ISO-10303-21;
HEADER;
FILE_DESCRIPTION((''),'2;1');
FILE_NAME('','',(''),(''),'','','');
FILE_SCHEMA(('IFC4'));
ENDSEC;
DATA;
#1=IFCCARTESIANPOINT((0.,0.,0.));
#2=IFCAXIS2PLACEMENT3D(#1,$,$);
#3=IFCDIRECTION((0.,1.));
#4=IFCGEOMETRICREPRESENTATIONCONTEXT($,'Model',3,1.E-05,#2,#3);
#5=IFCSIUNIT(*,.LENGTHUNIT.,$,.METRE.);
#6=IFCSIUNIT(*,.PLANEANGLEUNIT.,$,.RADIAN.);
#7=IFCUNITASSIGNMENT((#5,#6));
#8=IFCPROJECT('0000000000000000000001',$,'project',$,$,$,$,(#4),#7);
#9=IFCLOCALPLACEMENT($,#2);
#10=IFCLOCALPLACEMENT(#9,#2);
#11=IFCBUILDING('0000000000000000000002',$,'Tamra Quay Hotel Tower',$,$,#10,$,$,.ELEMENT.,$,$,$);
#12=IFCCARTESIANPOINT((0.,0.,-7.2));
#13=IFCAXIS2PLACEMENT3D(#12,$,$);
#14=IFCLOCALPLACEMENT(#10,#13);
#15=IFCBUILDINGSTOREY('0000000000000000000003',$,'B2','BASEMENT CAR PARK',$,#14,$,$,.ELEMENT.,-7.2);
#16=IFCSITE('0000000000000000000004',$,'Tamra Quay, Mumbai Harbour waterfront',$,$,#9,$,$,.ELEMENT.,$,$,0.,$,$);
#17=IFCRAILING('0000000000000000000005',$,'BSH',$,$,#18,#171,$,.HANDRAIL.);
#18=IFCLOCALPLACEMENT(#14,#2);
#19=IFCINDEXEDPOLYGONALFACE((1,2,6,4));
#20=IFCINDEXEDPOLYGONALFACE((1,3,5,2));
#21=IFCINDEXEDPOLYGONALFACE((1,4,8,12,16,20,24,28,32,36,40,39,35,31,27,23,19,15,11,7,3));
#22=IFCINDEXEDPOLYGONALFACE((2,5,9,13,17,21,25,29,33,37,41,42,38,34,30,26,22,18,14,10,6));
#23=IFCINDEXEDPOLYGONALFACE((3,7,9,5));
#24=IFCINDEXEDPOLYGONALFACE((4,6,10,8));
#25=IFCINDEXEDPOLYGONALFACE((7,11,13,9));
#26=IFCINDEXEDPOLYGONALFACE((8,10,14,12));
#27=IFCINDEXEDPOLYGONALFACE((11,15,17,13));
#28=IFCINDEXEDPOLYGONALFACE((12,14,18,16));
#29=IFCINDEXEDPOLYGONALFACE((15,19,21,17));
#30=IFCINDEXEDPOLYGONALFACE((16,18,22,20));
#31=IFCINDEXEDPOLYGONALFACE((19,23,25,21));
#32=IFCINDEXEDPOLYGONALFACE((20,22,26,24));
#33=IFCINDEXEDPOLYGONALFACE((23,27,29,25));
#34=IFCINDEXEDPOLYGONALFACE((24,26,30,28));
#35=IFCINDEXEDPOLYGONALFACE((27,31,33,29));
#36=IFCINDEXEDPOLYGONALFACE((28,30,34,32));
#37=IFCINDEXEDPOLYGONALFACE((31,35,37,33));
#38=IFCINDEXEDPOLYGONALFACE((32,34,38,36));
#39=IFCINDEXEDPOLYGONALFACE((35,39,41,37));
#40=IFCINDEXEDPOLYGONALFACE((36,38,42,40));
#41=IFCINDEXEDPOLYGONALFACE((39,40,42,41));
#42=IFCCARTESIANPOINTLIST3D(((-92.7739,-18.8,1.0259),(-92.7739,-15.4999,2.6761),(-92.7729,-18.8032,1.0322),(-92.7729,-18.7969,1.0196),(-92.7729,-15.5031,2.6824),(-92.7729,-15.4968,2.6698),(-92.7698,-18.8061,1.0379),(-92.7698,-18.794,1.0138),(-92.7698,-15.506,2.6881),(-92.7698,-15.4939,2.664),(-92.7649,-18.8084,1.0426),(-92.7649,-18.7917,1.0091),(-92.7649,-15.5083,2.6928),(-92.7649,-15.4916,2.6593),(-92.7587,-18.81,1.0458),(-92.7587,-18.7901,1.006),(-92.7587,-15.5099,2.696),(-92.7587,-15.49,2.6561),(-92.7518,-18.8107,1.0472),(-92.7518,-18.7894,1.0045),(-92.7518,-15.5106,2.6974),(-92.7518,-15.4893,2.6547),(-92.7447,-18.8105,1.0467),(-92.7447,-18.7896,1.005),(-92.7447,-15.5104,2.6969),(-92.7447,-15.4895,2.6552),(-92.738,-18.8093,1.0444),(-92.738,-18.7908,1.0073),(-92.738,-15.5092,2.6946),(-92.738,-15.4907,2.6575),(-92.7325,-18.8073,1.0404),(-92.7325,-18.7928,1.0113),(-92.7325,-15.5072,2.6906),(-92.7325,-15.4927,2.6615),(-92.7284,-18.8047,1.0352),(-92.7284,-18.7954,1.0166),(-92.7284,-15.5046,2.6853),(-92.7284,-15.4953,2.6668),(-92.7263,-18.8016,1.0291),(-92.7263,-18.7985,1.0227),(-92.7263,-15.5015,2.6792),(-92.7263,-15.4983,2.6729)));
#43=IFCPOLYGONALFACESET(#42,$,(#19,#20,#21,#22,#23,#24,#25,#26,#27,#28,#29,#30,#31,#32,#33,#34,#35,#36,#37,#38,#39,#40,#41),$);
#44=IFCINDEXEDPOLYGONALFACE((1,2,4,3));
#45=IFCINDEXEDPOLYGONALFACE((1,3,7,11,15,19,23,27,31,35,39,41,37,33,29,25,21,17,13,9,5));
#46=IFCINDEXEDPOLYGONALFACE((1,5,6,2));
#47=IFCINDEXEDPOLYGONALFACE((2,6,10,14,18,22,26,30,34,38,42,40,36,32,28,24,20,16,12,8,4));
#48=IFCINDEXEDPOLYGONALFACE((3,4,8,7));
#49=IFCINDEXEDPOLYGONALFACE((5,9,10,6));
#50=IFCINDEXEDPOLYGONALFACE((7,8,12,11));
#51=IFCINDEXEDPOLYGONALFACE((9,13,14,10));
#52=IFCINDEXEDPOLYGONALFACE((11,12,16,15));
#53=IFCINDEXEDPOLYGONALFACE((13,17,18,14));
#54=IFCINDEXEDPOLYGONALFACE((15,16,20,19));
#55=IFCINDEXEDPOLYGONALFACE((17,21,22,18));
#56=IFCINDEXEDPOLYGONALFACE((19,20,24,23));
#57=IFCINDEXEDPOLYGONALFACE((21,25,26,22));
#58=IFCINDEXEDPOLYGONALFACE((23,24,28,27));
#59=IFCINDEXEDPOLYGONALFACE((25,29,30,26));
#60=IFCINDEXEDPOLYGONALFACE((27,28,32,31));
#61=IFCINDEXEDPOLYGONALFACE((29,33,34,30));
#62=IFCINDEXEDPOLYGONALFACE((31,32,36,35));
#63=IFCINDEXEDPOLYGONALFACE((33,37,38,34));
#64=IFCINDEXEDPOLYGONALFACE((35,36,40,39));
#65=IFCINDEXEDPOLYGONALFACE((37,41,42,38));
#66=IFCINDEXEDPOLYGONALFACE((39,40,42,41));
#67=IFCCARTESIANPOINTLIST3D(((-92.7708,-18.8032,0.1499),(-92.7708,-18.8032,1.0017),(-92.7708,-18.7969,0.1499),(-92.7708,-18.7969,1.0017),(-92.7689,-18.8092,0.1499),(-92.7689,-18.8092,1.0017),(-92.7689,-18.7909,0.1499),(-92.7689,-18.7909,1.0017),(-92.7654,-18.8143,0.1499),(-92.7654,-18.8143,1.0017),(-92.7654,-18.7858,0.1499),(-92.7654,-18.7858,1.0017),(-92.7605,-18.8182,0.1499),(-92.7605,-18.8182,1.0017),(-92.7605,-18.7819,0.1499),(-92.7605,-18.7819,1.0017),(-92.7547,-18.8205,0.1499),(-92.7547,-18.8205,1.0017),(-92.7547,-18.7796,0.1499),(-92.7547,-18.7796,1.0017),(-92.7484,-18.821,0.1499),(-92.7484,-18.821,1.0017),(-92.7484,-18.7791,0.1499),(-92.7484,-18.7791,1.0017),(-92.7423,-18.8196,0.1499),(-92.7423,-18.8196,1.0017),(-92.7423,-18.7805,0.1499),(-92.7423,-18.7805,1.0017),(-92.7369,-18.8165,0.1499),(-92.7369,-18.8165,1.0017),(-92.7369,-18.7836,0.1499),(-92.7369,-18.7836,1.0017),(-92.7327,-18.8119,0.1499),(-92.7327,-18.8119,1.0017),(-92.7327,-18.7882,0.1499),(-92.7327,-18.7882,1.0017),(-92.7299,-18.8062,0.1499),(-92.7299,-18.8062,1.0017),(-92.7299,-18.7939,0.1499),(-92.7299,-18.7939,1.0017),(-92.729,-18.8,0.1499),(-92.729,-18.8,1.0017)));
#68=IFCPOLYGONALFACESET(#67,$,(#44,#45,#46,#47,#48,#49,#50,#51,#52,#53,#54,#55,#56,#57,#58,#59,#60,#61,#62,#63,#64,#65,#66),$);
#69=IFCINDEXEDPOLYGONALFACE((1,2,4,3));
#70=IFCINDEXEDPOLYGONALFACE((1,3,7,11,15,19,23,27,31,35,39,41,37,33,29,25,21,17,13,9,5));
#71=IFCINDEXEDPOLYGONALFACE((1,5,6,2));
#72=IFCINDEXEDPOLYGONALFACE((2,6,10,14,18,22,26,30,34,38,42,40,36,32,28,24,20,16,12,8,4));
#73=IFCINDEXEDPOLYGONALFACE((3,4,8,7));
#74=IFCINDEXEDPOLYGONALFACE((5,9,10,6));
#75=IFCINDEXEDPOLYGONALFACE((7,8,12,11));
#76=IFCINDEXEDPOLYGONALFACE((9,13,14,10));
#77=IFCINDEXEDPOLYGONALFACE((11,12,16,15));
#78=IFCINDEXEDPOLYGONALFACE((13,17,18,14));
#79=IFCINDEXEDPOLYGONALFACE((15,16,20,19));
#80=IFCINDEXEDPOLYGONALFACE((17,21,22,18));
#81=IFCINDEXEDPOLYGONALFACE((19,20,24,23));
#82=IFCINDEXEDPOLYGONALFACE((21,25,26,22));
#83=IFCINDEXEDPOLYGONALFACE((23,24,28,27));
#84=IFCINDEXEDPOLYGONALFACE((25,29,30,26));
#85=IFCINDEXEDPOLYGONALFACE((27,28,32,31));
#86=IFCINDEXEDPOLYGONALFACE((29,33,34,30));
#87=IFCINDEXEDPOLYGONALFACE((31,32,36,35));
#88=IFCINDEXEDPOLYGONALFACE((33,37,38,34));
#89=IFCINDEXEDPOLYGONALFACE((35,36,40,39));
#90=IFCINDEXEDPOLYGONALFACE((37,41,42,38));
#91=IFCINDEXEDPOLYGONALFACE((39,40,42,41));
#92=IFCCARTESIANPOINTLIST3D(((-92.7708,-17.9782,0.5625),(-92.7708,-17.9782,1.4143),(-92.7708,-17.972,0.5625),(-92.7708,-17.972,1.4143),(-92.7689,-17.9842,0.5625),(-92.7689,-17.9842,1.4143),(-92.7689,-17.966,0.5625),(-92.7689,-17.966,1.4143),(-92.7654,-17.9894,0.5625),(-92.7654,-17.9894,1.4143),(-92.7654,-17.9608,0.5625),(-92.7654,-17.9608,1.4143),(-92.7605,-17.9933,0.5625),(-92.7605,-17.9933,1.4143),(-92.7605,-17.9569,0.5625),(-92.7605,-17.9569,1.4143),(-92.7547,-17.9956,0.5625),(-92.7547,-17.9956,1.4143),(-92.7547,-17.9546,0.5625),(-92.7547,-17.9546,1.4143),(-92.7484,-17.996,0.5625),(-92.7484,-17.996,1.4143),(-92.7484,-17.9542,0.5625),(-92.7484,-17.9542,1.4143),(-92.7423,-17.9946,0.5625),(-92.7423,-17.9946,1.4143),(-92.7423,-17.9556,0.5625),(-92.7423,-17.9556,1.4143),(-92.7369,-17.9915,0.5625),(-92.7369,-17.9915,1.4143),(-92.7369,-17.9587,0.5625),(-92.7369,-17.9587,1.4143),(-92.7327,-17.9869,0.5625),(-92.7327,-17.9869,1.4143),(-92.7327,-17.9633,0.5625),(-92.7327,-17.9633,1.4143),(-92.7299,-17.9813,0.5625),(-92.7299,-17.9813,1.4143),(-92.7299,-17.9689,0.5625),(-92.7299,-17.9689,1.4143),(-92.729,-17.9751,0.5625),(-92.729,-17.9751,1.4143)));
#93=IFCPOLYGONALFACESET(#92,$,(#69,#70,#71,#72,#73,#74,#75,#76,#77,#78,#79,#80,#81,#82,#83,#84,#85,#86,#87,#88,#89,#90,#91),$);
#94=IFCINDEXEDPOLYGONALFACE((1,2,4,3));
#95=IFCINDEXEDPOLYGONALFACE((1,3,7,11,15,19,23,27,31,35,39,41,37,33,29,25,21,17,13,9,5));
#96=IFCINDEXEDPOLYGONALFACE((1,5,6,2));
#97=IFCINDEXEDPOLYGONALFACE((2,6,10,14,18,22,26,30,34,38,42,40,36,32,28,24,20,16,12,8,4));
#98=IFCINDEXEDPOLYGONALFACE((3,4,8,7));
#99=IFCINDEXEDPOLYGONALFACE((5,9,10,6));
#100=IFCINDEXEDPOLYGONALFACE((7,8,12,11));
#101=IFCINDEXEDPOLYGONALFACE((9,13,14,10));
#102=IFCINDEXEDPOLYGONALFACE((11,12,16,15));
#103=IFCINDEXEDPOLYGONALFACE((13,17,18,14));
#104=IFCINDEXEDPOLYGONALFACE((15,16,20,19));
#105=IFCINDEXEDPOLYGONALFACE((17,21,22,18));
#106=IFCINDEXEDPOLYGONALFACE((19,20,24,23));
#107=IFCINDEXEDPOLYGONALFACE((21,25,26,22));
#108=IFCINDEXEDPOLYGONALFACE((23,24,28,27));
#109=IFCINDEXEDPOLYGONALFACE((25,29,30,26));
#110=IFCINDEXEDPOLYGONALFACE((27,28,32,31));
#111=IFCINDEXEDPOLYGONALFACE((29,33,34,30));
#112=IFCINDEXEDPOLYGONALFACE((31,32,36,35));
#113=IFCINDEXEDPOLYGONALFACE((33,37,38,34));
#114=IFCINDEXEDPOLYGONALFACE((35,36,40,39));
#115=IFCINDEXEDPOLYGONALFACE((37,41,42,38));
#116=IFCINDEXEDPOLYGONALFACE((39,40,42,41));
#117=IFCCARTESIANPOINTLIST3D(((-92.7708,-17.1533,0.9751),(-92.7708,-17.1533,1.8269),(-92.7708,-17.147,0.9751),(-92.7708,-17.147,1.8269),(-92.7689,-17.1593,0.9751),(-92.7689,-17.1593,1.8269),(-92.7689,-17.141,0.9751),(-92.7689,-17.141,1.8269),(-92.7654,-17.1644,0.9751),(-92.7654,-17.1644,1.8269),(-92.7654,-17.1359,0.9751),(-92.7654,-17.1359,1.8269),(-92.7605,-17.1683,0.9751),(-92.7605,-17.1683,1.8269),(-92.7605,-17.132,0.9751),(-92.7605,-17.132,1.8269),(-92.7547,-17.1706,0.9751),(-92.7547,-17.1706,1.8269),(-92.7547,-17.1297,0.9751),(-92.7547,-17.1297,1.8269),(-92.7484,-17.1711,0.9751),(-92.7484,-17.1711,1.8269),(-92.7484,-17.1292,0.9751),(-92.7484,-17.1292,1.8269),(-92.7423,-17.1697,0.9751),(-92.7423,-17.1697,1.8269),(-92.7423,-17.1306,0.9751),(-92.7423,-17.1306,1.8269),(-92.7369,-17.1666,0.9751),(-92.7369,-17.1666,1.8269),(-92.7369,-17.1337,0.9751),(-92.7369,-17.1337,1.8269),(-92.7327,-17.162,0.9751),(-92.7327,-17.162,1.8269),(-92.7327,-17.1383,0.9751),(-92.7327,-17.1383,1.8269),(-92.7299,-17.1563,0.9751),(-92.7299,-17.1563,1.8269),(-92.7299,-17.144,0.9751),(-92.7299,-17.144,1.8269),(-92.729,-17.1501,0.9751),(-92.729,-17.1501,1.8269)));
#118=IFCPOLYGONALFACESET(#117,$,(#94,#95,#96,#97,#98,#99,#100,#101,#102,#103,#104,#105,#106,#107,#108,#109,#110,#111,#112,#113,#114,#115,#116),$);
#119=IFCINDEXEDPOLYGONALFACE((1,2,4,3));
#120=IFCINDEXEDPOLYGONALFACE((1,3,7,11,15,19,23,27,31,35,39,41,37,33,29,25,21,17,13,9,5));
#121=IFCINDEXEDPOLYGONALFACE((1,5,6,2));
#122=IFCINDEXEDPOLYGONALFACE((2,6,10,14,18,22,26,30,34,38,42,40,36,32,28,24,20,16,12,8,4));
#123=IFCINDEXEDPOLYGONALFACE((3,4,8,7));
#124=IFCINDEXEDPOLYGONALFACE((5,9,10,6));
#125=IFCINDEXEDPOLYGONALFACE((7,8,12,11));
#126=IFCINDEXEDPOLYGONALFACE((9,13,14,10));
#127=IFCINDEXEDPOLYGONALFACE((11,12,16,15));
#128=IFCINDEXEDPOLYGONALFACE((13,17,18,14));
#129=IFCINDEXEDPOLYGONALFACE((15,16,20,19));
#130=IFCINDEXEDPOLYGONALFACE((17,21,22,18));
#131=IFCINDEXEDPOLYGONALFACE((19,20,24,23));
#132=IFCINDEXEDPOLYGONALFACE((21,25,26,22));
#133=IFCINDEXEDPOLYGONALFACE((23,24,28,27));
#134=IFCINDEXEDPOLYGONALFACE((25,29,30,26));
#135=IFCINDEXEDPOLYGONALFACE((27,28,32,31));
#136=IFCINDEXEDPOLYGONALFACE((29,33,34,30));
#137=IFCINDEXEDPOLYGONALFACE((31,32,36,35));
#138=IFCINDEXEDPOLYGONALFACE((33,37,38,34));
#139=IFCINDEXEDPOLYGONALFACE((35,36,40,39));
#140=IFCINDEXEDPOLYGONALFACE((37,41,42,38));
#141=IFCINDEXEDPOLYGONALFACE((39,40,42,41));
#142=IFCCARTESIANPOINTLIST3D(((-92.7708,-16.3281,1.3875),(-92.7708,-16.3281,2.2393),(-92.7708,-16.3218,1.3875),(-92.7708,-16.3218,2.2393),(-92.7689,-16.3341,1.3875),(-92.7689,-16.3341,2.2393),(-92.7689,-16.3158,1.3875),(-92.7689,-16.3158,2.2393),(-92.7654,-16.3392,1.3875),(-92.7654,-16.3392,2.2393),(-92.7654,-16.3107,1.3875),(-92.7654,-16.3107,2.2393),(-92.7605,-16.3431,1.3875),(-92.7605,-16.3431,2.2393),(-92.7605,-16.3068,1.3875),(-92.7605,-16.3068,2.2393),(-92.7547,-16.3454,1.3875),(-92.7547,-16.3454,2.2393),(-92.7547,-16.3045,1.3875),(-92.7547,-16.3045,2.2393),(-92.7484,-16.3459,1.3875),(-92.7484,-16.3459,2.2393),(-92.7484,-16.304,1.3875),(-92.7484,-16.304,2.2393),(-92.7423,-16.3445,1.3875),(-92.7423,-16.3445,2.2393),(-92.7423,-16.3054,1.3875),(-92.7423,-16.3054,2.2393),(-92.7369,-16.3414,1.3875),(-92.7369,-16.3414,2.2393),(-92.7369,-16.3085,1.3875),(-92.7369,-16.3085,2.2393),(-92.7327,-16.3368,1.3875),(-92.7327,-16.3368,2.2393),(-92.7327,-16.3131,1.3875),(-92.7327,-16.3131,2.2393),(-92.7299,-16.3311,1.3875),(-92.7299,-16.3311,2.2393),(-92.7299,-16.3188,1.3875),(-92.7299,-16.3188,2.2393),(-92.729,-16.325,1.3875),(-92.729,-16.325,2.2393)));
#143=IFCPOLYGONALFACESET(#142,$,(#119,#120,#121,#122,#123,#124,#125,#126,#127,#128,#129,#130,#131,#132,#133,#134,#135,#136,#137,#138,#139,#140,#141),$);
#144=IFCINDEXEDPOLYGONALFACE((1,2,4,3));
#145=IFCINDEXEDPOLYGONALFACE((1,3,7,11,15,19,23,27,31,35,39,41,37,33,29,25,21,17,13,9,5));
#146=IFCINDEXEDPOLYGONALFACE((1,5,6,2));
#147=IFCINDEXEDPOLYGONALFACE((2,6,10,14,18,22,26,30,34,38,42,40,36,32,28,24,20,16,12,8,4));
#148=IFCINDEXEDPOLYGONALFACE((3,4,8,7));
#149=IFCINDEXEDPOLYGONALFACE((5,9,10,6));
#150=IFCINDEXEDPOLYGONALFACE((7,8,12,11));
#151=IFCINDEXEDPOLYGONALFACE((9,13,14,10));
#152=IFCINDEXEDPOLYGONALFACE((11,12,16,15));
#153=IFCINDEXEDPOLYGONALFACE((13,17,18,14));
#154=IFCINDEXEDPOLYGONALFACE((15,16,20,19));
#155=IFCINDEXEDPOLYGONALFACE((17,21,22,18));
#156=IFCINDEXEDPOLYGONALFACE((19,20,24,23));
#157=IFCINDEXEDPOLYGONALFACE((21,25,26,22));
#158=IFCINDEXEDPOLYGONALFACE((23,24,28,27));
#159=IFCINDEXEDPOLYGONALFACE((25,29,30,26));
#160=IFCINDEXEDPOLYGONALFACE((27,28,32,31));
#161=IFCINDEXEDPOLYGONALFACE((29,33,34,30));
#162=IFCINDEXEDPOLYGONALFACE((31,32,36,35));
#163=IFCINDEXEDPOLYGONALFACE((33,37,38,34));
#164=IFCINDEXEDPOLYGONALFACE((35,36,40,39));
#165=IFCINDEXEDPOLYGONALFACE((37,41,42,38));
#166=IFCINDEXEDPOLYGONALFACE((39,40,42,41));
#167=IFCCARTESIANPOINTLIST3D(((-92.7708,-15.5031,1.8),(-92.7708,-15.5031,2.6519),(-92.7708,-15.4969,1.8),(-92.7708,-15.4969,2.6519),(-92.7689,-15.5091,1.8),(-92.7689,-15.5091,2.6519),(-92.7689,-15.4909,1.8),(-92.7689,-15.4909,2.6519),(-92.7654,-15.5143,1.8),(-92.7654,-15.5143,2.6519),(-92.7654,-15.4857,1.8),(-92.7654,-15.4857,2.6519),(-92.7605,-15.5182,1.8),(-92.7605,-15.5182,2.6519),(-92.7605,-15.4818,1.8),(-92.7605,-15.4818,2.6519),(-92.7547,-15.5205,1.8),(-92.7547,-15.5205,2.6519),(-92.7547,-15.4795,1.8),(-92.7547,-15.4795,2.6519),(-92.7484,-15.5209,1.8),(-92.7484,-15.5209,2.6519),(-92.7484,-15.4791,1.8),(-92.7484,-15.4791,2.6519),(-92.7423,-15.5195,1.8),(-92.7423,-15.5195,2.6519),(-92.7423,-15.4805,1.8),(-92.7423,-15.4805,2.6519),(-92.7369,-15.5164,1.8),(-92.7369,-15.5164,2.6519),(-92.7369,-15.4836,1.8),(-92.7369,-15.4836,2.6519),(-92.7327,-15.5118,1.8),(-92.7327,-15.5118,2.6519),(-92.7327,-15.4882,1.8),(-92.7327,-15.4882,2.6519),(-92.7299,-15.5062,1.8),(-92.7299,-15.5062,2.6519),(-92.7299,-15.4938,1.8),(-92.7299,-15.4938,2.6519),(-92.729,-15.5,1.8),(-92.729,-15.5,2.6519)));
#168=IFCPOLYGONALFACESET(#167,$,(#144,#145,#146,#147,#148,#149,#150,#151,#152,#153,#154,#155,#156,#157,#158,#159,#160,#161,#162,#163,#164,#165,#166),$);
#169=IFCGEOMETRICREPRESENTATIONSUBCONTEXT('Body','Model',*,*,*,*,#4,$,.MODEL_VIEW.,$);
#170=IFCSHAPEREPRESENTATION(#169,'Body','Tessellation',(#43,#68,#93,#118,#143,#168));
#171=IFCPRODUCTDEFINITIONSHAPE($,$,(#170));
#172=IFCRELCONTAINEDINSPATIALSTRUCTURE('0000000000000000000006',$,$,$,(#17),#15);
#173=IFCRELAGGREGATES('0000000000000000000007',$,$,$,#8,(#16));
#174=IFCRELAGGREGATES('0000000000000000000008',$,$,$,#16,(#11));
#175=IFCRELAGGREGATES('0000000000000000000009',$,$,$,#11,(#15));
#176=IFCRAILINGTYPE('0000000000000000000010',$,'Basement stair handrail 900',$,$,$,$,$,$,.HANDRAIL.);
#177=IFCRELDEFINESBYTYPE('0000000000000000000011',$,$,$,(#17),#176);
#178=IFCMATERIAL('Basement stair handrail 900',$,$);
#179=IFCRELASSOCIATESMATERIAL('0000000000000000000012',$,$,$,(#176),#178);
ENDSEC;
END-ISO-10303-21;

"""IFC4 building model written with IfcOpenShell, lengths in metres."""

from ifc_helpers import new_model, si_unit, direction, frame, origin, origin_2d, place, context, subcontext, project, spatial, circle, extrude, material, type_object, element, save


model = new_model("IFC4")

# Units and contexts
model_context = context("Model", 3, precision=1e-05, world=origin(), true_north=direction((0.0, 1.0)))
body_context = subcontext(model_context, "Body", "Model", "MODEL_VIEW")
ifc_project = project(units=[si_unit("LENGTHUNIT", "METRE"), si_unit("PLANEANGLEUNIT", "RADIAN")], contexts=[model_context])

# Site, building, storey
site_placement = place(None, origin())
site = spatial("IfcSite", under=ifc_project, at=site_placement, Name="Tamra Quay, Mumbai Harbour waterfront", CompositionType="ELEMENT", RefElevation=0.0)
building_placement = place(site_placement, origin())
building = spatial("IfcBuilding", under=site, at=building_placement, Name="Tamra Quay Hotel Tower", CompositionType="ELEMENT")
storey_placement = place(building_placement, frame((0.0, 0.0, -7.2)))
storey = spatial("IfcBuildingStorey", under=building, at=storey_placement, Name="B2", Description="BASEMENT CAR PARK", CompositionType="ELEMENT", Elevation=-7.2)

# Railing
ifc_material_1 = material(Name="Basement stair handrail 900")
railing_type_1 = type_object("IfcRailingType", Name="Basement stair handrail 900", PredefinedType="HANDRAIL", material=ifc_material_1)
railing_1_placement = place(storey_placement, frame((-92.75, -18.8, 0.1499)))
element("IfcRailing", 1, at=railing_1_placement, inside=storey, type_object=railing_type_1, Name="BSH", PredefinedType="HANDRAIL", context=body_context, shape_type="SweptSolid", body=[
    extrude(circle(Radius=0.0239, at=origin_2d()), frame((0.0, 0.0, 0.876), z_axis=(0.0, 0.894414, 0.44724), x_axis=(-1.0, 0.0, 0.0)), (0.0, 0.0, 1.0), 3.6897),
    extrude(circle(Radius=0.021, at=origin_2d()), origin(), (0.0, 0.0, 1.0), 0.8518),
    extrude(circle(Radius=0.021, at=origin_2d()), frame((0.0, 0.825, 0.4126)), (0.0, 0.0, 1.0), 0.8518),
    extrude(circle(Radius=0.021, at=origin_2d()), frame((0.0, 1.6499, 0.8252)), (0.0, 0.0, 1.0), 0.8518),
    extrude(circle(Radius=0.021, at=origin_2d()), frame((0.0, 2.4751, 1.2375)), (0.0, 0.0, 1.0), 0.8518),
    extrude(circle(Radius=0.021, at=origin_2d()), frame((0.0, 3.3, 1.6501)), (0.0, 0.0, 1.0), 0.8518),
])

save(model, "model.ifc")
